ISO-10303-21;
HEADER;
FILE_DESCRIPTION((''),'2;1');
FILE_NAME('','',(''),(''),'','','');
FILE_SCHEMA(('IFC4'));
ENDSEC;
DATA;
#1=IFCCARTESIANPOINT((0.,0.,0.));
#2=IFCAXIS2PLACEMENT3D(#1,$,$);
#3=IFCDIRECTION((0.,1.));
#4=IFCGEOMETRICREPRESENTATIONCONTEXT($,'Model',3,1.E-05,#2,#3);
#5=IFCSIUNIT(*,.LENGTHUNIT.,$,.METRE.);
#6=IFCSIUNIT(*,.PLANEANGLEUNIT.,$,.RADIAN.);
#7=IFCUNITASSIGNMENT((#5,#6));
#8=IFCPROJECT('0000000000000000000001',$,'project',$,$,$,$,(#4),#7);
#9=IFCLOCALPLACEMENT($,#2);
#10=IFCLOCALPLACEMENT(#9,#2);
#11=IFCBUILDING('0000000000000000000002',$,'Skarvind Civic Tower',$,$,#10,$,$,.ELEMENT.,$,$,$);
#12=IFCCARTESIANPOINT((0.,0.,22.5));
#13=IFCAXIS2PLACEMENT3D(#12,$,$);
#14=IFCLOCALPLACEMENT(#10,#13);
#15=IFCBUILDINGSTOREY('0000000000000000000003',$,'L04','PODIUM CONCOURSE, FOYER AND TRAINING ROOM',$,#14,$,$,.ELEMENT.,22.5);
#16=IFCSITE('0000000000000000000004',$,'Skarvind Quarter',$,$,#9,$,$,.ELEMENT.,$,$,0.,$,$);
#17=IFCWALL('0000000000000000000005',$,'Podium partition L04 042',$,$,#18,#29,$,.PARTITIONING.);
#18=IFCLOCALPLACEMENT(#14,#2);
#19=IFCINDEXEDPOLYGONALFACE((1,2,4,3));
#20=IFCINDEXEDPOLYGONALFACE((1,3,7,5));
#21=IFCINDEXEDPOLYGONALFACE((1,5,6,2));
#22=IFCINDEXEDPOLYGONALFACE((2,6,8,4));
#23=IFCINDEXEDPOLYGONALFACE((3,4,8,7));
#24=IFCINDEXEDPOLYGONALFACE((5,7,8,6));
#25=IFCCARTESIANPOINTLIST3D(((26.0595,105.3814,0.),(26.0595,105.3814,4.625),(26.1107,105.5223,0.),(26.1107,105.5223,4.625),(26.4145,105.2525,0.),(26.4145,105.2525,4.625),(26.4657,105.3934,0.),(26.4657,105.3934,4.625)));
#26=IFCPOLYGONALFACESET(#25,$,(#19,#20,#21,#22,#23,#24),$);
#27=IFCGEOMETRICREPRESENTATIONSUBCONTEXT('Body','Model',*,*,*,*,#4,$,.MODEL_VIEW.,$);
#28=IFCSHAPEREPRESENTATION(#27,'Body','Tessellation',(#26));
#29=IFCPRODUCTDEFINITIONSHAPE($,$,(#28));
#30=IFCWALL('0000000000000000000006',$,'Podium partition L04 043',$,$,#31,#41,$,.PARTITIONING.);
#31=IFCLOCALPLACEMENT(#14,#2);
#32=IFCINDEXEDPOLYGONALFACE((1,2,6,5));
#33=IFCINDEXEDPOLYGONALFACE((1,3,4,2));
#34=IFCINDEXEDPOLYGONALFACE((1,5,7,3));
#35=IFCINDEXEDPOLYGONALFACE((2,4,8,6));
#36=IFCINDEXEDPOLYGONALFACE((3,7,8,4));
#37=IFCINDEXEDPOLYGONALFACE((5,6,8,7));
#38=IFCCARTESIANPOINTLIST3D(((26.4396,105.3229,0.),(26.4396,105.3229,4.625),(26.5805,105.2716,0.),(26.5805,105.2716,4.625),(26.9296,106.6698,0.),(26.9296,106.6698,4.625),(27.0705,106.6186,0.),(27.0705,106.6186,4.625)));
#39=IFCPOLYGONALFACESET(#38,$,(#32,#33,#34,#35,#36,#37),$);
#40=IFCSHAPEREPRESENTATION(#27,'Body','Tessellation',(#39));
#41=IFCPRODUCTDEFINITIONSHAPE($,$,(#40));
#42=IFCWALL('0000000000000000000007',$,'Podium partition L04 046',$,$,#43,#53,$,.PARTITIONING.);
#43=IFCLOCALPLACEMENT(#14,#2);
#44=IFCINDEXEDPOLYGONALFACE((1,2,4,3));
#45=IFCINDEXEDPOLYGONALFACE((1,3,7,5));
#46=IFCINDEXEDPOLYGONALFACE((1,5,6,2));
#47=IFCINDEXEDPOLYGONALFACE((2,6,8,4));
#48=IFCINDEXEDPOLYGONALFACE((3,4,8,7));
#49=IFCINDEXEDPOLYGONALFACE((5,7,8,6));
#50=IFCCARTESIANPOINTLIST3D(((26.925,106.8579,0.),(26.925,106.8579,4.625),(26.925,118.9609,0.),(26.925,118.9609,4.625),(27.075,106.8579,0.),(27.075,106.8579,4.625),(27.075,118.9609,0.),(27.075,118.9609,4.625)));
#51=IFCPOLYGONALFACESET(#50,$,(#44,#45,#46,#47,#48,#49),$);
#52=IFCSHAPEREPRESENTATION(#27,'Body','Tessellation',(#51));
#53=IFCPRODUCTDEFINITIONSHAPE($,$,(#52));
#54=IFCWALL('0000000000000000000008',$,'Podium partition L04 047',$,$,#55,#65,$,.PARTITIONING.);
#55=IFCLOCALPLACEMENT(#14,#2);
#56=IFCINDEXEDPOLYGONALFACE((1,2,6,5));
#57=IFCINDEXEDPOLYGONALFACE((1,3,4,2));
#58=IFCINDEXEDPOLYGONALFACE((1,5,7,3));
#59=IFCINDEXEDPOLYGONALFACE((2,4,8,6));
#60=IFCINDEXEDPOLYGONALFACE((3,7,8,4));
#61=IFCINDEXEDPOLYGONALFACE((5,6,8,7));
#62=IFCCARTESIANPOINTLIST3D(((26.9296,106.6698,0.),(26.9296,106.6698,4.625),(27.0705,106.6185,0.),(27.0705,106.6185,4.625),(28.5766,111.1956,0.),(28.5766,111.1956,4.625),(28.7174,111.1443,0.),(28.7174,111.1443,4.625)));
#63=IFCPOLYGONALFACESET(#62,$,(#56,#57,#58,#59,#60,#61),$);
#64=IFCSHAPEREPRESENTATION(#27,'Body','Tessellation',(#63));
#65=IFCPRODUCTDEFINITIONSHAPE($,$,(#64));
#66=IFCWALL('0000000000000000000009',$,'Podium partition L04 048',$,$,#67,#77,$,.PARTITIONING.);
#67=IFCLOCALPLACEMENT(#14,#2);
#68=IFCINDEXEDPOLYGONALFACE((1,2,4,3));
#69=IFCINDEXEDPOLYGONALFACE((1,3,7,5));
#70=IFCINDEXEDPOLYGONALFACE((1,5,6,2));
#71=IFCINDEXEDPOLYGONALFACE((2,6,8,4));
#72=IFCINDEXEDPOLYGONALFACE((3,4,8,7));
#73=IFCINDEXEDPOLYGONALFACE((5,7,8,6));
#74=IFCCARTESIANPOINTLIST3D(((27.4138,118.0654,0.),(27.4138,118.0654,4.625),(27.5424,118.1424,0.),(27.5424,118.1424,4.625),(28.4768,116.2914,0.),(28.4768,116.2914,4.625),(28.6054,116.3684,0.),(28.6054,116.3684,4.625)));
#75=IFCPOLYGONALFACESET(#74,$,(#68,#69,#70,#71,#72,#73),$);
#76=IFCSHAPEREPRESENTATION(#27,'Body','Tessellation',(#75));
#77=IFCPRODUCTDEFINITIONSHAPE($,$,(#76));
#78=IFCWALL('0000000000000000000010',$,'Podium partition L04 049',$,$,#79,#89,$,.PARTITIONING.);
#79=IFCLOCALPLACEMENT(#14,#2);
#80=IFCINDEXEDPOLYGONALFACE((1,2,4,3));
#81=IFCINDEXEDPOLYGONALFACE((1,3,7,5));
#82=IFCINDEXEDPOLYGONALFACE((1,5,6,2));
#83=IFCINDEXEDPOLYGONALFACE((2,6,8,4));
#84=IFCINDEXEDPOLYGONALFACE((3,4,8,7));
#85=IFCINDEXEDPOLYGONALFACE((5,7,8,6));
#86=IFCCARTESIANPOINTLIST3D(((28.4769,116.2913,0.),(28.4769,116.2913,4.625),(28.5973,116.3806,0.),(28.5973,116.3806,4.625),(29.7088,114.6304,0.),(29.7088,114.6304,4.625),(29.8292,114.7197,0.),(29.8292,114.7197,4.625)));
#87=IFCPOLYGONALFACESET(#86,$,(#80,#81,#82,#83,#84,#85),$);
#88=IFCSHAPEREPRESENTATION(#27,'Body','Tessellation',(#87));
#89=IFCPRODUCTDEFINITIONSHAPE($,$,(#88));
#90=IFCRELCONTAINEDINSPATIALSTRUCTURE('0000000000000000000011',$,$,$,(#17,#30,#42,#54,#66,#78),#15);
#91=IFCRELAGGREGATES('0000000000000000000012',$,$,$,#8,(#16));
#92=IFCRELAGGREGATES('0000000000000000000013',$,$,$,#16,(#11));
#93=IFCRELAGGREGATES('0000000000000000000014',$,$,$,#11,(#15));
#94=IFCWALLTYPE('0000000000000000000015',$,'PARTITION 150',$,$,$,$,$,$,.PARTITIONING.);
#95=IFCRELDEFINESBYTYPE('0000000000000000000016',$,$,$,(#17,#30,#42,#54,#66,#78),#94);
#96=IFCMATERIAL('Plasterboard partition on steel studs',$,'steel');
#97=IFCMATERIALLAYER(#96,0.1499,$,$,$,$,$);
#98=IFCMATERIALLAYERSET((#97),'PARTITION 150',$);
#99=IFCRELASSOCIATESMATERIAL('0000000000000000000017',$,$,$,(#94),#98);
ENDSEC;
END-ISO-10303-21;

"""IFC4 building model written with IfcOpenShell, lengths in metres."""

from ifc_helpers import new_model, si_unit, direction, frame, frame_2d, origin, place, context, subcontext, project, spatial, rectangle, extrude, material, layer, layer_set, type_object, element, save


model = new_model("IFC4")

# Units and contexts
model_context = context("Model", 3, precision=1e-05, world=origin(), true_north=direction((0.0, 1.0)))
body_context = subcontext(model_context, "Body", "Model", "MODEL_VIEW")
ifc_project = project(units=[si_unit("LENGTHUNIT", "METRE"), si_unit("PLANEANGLEUNIT", "RADIAN")], contexts=[model_context])

# Site, building, storey
site_placement = place(None, origin())
site = spatial("IfcSite", under=ifc_project, at=site_placement, Name="Skarvind Quarter", CompositionType="ELEMENT", RefElevation=0.0)
building_placement = place(site_placement, origin())
building = spatial("IfcBuilding", under=site, at=building_placement, Name="Skarvind Civic Tower", CompositionType="ELEMENT")
storey_placement = place(building_placement, frame((0.0, 0.0, 22.5)))
storey = spatial("IfcBuildingStorey", under=building, at=storey_placement, Name="L04", Description="PODIUM CONCOURSE, FOYER AND TRAINING ROOM", CompositionType="ELEMENT", Elevation=22.5)

# Walls
ifc_material_1 = material(Name="Plasterboard partition on steel studs", Category="steel")
ifc_layer = layer(ifc_material_1, 0.1499)
ifc_layer_set = layer_set([ifc_layer], Name="PARTITION 150")
wall_type = type_object("IfcWallType", Name="PARTITION 150", PredefinedType="PARTITIONING", material=ifc_layer_set)
wall_1_placement = place(storey_placement, frame((26.085, 105.4519, 0.0), z_axis=(0.0, 0.0, 1.0), x_axis=(0.939944, -0.341328, 0.0)))
element("IfcWall", 1, at=wall_1_placement, inside=storey, type_object=wall_type, Name="Podium partition L04 042", PredefinedType="PARTITIONING", context=body_context, shape_type="SweptSolid", body=[
    extrude(rectangle(XDim=0.3777, YDim=0.1499, at=frame_2d((0.189, 0.0))), origin(), (0.0, 0.0, 1.0), 4.625),
])
wall_2_placement = place(storey_placement, frame((26.51, 105.2971, 0.0), z_axis=(0.0, 0.0, 1.0), x_axis=(0.341866, 0.939749, 0.0)))
element("IfcWall", 2, at=wall_2_placement, inside=storey, type_object=wall_type, Name="Podium partition L04 043", PredefinedType="PARTITIONING", context=body_context, shape_type="SweptSolid", body=[
    extrude(rectangle(XDim=1.4333, YDim=0.1499, at=frame_2d((0.7168, 0.0))), origin(), (0.0, 0.0, 1.0), 4.625),
])
wall_3_placement = place(storey_placement, frame((27.0, 106.8579, 0.0), z_axis=(0.0, 0.0, 1.0), x_axis=(0.0, 1.0, 0.0)))
element("IfcWall", 3, at=wall_3_placement, inside=storey, type_object=wall_type, Name="Podium partition L04 046", PredefinedType="PARTITIONING", context=body_context, shape_type="SweptSolid", body=[
    extrude(rectangle(XDim=12.103, YDim=0.1499, at=frame_2d((6.0515, 0.0))), origin(), (0.0, 0.0, 1.0), 4.625),
])
wall_4_placement = place(storey_placement, frame((27.0, 106.644, 0.0), z_axis=(0.0, 0.0, 1.0), x_axis=(0.341963, 0.939713, 0.0)))
element("IfcWall", 4, at=wall_4_placement, inside=storey, type_object=wall_type, Name="Podium partition L04 047", PredefinedType="PARTITIONING", context=body_context, shape_type="SweptSolid", body=[
    extrude(rectangle(XDim=4.8162, YDim=0.1499, at=frame_2d((2.4082, 0.0))), origin(), (0.0, 0.0, 1.0), 4.625),
])
wall_5_placement = place(storey_placement, frame((27.478, 118.104, 0.0), z_axis=(0.0, 0.0, 1.0), x_axis=(0.51401, -0.857784, 0.0)))
element("IfcWall", 5, at=wall_5_placement, inside=storey, type_object=wall_type, Name="Podium partition L04 048", PredefinedType="PARTITIONING", context=body_context, shape_type="SweptSolid", body=[
    extrude(rectangle(XDim=2.0681, YDim=0.1499, at=frame_2d((1.0342, 0.0))), origin(), (0.0, 0.0, 1.0), 4.625),
])
wall_6_placement = place(storey_placement, frame((28.5371, 116.3359, 0.0), z_axis=(0.0, 0.0, 1.0), x_axis=(0.595741, -0.803176, 0.0)))
element("IfcWall", 6, at=wall_6_placement, inside=storey, type_object=wall_type, Name="Podium partition L04 049", PredefinedType="PARTITIONING", context=body_context, shape_type="SweptSolid", body=[
    extrude(rectangle(XDim=2.0679, YDim=0.1499, at=frame_2d((1.0339, 0.0))), origin(), (0.0, 0.0, 1.0), 4.625),
])

save(model, "model.ifc")
